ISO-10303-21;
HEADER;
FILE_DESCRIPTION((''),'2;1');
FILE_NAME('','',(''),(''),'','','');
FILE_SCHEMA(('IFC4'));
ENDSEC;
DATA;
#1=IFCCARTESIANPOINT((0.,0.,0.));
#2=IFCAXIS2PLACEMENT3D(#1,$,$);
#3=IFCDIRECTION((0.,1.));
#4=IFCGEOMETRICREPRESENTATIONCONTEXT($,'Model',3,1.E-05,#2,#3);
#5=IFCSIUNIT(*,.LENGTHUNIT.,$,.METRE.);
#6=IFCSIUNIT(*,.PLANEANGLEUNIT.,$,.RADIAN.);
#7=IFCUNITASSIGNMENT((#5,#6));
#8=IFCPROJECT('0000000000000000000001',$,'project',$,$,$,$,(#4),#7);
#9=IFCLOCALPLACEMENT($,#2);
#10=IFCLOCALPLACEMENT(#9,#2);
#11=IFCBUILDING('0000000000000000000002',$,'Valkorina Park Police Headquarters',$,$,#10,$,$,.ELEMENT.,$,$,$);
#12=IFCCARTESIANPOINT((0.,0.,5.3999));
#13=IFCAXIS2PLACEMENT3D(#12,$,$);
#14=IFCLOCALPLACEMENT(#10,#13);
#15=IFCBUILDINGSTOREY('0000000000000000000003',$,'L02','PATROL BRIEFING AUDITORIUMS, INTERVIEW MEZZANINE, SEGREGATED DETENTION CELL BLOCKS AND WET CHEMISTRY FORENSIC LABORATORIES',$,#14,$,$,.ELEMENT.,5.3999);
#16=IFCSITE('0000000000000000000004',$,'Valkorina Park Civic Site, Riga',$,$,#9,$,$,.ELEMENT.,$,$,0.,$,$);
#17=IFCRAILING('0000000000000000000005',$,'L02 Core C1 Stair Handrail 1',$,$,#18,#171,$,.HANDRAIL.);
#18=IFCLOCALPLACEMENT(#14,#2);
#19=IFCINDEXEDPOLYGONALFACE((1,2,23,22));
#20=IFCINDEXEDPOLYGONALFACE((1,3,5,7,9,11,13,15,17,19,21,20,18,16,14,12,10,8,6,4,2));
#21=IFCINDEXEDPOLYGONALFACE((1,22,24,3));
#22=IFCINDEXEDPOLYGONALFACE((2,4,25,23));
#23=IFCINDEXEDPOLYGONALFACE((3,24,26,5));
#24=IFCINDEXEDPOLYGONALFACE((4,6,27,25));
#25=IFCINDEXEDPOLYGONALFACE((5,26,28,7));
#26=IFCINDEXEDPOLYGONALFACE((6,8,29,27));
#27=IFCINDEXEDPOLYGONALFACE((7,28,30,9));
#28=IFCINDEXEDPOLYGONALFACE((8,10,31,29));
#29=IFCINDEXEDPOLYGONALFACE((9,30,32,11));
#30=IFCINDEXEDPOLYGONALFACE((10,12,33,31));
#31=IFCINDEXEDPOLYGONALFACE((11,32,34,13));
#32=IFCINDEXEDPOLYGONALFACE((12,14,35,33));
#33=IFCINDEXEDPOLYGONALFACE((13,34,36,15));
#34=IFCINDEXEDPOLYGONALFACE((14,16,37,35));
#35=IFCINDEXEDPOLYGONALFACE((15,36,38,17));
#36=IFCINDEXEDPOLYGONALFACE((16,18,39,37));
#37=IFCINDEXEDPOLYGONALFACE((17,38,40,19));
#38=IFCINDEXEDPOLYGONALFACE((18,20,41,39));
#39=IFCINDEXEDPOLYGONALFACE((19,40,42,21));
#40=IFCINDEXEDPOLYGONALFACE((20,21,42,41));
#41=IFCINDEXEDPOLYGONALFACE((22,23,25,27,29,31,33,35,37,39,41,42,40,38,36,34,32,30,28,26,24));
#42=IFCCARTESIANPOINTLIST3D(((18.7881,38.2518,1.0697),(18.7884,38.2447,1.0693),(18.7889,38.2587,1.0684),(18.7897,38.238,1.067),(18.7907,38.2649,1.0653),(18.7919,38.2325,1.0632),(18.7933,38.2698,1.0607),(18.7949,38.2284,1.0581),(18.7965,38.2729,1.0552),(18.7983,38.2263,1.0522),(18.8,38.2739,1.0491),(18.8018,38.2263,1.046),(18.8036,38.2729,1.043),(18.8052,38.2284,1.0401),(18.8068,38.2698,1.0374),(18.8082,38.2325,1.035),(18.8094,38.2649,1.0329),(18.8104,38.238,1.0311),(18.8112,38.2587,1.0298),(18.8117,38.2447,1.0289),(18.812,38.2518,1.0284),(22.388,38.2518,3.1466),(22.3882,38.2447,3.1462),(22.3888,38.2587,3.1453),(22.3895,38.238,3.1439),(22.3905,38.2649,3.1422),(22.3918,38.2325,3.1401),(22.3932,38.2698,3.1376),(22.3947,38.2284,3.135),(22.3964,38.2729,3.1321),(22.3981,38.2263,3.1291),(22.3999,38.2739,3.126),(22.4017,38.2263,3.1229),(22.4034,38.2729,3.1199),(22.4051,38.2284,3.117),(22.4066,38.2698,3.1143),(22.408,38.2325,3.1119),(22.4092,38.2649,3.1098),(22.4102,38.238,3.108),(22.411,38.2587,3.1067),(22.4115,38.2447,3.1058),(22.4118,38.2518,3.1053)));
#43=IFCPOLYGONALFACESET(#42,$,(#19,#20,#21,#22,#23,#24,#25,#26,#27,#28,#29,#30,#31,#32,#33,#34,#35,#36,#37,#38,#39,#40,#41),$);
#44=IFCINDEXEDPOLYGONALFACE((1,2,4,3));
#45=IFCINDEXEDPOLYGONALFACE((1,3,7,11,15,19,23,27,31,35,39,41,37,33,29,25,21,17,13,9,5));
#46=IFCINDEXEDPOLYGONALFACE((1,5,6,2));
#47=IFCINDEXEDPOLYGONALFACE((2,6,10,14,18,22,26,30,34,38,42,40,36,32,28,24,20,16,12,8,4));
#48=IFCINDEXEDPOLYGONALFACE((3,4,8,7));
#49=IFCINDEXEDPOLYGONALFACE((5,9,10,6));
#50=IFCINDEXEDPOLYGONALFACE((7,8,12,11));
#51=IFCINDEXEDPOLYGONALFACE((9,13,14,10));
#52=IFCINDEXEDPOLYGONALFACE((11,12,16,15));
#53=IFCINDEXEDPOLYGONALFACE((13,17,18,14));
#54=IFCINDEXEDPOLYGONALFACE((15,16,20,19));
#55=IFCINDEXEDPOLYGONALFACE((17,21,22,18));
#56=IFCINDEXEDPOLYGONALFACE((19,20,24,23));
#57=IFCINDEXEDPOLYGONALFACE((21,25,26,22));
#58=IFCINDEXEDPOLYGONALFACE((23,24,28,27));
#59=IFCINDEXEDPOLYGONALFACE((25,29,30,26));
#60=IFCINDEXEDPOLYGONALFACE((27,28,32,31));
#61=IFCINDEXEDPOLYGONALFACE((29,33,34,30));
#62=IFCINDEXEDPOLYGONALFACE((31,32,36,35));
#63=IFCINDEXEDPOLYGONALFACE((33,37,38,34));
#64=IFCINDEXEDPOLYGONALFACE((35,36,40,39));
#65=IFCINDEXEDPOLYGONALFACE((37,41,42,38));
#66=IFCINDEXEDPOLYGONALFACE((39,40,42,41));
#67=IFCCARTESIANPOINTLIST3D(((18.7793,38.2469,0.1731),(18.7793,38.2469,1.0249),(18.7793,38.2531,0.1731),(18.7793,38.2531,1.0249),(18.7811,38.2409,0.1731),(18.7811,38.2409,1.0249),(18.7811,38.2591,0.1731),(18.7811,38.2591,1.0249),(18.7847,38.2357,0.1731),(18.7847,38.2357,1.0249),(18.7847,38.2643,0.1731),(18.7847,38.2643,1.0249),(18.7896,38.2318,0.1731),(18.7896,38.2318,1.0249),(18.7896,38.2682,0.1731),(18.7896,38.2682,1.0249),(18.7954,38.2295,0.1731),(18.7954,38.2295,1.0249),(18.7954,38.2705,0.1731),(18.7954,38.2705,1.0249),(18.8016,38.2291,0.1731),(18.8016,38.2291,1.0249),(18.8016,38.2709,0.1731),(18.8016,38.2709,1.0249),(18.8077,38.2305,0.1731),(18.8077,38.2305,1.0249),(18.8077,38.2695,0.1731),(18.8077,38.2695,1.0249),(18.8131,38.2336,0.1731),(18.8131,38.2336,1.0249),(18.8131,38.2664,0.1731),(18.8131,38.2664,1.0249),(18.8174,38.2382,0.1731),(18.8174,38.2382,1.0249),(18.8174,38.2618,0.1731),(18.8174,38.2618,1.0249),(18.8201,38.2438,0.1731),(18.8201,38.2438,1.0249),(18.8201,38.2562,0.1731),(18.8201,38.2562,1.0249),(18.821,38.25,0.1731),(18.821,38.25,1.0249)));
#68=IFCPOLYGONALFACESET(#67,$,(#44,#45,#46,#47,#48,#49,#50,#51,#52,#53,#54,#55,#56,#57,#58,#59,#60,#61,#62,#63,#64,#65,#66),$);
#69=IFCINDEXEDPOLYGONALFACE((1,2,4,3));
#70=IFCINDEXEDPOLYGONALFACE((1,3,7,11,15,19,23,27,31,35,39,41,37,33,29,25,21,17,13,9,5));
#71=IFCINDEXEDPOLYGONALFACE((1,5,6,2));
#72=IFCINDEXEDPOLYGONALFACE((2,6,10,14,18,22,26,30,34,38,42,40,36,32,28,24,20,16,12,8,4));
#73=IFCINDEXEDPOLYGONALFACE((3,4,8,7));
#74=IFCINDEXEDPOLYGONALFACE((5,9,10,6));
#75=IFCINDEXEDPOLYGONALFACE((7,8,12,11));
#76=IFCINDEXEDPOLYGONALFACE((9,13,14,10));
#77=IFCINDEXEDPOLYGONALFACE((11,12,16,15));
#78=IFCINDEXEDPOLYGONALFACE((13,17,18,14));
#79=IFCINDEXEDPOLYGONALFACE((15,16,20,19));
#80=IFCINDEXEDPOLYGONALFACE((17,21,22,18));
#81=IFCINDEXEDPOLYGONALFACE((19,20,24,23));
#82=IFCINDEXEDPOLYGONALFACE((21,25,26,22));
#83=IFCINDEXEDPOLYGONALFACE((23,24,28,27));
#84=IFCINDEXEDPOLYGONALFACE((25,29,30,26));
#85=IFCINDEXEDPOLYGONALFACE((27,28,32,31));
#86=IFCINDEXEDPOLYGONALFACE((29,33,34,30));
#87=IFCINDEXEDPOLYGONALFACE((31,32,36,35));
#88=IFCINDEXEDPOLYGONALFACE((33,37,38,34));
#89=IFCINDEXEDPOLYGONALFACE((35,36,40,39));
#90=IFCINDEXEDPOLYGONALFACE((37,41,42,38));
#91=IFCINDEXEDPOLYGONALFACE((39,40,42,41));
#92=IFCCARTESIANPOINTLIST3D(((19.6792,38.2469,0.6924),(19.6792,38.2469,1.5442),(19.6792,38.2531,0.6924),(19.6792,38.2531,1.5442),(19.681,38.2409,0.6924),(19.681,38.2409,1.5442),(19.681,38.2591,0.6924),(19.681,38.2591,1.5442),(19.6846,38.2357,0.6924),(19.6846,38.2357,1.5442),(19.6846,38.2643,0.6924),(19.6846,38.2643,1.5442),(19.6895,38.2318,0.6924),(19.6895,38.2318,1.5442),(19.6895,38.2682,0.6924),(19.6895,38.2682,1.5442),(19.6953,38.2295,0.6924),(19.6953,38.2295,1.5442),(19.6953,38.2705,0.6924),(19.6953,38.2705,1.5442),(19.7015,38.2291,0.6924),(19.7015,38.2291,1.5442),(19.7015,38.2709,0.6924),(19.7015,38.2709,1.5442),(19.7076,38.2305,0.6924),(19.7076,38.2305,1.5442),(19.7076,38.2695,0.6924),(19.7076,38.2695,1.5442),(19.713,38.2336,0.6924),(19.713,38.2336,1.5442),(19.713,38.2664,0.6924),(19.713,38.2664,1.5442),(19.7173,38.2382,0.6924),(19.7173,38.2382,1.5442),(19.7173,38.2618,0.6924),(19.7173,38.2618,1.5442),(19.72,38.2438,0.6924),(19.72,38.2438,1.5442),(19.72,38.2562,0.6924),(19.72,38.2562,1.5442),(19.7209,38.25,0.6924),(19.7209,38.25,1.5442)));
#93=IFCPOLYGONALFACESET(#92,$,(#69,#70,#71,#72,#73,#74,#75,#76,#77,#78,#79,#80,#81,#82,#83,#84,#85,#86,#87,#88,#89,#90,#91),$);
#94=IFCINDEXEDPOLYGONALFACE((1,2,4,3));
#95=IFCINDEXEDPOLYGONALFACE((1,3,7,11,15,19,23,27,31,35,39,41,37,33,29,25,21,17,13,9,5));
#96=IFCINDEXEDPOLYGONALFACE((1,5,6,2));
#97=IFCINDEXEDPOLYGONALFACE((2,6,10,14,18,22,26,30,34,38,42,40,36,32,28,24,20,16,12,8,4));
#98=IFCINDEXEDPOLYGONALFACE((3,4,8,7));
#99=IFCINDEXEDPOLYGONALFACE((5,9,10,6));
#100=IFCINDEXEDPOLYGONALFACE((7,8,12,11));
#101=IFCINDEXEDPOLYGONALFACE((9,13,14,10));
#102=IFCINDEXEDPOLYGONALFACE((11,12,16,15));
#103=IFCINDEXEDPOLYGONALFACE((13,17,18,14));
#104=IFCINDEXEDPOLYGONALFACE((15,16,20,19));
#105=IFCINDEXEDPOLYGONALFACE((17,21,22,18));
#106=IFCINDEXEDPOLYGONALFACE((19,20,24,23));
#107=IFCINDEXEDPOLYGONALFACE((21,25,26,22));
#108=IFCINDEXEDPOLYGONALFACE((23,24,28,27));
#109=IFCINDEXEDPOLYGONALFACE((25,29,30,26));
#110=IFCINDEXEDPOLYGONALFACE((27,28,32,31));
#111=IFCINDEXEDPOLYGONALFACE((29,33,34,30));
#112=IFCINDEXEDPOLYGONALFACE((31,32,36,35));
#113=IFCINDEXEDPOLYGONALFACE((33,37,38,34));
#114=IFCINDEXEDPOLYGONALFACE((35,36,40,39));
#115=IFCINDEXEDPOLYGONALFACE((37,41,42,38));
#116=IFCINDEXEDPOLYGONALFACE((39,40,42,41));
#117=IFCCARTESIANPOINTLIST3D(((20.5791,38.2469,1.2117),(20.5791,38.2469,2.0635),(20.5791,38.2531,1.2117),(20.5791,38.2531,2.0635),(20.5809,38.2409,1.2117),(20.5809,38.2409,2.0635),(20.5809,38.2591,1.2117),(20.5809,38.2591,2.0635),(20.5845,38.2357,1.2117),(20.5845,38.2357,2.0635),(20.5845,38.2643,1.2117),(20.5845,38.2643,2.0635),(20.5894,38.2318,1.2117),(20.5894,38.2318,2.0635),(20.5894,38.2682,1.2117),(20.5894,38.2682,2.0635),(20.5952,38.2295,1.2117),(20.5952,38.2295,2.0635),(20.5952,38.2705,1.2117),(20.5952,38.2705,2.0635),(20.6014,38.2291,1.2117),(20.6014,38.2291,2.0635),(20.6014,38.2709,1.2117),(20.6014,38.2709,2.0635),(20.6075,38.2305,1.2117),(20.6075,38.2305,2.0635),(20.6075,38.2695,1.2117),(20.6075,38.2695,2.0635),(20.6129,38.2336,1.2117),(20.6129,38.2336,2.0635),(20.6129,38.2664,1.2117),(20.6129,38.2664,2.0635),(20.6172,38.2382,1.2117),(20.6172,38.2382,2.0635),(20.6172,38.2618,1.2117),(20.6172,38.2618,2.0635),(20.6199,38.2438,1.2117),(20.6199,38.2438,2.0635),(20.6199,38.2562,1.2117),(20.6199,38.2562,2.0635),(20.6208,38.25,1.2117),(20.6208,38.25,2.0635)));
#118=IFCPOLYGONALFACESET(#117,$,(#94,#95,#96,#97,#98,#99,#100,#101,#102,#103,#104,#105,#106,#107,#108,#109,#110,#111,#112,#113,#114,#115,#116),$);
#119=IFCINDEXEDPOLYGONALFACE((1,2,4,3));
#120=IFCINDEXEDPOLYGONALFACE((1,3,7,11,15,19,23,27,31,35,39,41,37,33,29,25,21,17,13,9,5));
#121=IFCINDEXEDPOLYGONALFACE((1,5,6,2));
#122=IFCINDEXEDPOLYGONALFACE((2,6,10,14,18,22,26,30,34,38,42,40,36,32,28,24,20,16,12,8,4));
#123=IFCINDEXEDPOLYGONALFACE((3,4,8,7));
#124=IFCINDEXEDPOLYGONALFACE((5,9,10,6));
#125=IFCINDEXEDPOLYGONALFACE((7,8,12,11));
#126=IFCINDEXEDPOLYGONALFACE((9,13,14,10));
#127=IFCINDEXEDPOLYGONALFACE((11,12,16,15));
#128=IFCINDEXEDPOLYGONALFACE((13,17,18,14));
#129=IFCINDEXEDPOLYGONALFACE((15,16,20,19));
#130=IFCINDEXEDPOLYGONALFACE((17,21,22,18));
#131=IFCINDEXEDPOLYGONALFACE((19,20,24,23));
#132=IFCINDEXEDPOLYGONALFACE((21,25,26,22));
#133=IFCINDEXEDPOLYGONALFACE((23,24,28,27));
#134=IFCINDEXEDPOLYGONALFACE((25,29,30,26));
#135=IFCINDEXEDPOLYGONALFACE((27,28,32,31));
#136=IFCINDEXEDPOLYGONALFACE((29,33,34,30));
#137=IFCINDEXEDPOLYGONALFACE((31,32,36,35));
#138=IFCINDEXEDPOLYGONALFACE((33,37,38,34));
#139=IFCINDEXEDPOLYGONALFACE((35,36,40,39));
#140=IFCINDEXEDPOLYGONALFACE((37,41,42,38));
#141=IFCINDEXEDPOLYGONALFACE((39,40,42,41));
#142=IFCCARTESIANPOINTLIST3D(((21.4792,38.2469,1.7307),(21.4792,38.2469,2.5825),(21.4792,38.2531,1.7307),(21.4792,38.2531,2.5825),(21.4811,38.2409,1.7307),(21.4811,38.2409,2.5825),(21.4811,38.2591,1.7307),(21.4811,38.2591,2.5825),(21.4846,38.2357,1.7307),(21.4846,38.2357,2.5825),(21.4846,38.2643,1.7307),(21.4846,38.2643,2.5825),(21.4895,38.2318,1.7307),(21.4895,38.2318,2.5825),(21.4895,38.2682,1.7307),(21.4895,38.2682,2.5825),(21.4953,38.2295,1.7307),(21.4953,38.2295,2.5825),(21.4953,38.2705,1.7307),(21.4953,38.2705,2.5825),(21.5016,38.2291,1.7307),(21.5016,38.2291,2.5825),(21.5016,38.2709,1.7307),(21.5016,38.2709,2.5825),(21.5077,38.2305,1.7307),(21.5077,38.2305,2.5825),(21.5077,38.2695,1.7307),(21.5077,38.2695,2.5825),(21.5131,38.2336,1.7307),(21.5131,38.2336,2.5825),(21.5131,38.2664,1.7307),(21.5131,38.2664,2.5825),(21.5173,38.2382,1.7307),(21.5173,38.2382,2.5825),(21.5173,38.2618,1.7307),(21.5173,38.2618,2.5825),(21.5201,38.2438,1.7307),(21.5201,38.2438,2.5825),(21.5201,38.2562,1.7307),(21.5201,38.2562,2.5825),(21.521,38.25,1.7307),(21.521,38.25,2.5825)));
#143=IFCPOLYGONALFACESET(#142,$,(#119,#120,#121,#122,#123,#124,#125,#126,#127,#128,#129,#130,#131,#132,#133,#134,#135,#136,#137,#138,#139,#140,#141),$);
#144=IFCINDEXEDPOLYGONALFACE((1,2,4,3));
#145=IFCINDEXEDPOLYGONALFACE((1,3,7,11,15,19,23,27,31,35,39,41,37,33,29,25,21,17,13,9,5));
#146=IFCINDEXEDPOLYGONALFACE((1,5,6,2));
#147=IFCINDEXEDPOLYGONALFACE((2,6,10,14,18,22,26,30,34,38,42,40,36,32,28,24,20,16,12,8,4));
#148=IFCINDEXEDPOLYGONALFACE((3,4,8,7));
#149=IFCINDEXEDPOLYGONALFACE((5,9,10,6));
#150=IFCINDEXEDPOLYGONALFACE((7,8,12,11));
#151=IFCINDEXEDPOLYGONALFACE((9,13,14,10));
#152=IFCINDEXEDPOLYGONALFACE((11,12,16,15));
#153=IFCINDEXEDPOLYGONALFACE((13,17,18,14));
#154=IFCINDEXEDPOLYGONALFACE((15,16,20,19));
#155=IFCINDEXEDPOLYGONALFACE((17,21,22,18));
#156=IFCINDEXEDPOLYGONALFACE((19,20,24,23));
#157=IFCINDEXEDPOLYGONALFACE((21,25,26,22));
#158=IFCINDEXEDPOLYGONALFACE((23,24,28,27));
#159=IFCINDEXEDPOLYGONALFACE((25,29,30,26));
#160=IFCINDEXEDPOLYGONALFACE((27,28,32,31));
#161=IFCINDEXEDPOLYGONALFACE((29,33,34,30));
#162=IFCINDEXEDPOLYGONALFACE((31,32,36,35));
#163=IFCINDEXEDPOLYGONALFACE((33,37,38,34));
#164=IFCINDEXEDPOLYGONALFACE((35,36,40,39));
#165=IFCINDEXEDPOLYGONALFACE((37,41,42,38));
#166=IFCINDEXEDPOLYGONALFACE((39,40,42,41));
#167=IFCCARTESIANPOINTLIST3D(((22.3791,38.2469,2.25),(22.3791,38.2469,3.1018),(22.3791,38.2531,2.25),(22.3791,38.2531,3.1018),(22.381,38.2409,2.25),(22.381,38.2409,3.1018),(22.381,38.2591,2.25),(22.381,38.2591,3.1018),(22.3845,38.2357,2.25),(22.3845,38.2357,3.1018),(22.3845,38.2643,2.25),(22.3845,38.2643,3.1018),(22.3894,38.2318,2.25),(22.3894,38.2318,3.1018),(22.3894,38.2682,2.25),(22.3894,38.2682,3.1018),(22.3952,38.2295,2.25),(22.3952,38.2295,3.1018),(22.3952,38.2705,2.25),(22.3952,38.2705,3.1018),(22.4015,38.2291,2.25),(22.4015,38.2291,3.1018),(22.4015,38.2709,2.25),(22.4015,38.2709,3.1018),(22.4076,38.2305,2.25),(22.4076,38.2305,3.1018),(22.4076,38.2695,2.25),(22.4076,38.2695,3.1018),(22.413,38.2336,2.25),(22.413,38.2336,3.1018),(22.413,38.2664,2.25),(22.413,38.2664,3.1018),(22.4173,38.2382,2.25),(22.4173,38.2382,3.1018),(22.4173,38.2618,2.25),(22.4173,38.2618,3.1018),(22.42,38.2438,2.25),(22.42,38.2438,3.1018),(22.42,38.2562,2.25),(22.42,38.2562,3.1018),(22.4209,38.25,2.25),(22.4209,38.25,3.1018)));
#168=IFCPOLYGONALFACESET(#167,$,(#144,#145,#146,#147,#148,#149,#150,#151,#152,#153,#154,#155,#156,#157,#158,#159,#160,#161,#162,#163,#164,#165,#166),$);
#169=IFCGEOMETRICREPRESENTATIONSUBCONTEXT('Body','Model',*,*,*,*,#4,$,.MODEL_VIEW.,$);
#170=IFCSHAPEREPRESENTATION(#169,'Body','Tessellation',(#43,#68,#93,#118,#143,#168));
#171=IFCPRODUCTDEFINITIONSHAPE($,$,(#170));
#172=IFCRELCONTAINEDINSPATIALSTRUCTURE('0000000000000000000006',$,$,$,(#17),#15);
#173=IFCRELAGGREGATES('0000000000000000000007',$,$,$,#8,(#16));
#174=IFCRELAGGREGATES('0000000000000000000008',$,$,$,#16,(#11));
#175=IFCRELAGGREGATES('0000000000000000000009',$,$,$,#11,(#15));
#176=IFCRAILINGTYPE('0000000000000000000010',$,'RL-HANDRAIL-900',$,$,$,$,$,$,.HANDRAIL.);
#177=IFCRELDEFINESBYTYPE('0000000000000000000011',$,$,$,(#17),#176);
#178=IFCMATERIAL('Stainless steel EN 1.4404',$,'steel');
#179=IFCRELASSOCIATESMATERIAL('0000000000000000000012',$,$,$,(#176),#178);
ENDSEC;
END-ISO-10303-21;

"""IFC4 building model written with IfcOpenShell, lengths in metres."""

from ifc_helpers import new_model, si_unit, direction, frame, origin, origin_2d, place, context, subcontext, project, spatial, circle, extrude, material, type_object, element, save


model = new_model("IFC4")

# Units and contexts
model_context = context("Model", 3, precision=1e-05, world=origin(), true_north=direction((0.0, 1.0)))
body_context = subcontext(model_context, "Body", "Model", "MODEL_VIEW")
ifc_project = project(units=[si_unit("LENGTHUNIT", "METRE"), si_unit("PLANEANGLEUNIT", "RADIAN")], contexts=[model_context])

# Site, building, storey
site_placement = place(None, origin())
site = spatial("IfcSite", under=ifc_project, at=site_placement, Name="Valkorina Park Civic Site, Riga", CompositionType="ELEMENT", RefElevation=0.0)
building_placement = place(site_placement, origin())
building = spatial("IfcBuilding", under=site, at=building_placement, Name="Valkorina Park Police Headquarters", CompositionType="ELEMENT")
storey_placement = place(building_placement, frame((0.0, 0.0, 5.3999)))
storey = spatial("IfcBuildingStorey", under=building, at=storey_placement, Name="L02", Description="PATROL BRIEFING AUDITORIUMS, INTERVIEW MEZZANINE, SEGREGATED DETENTION CELL BLOCKS AND WET CHEMISTRY FORENSIC LABORATORIES", CompositionType="ELEMENT", Elevation=5.3999)

# Railing
ifc_material_1 = material(Name="Stainless steel EN 1.4404", Category="steel")
railing_type_1 = type_object("IfcRailingType", Name="RL-HANDRAIL-900", PredefinedType="HANDRAIL", material=ifc_material_1)
railing_1_placement = place(storey_placement, frame((18.8, 38.25, 0.1731)))
element("IfcRailing", 1, at=railing_1_placement, inside=storey, type_object=railing_type_1, Name="L02 Core C1 Stair Handrail 1", PredefinedType="HANDRAIL", context=body_context, shape_type="SweptSolid", body=[
    extrude(circle(Radius=0.0239, at=origin_2d()), frame((0.0, 0.0, 0.876), z_axis=(0.866179, 0.0, 0.499734), x_axis=(0.0, 1.0, 0.0)), (0.0, 0.0, 1.0), 4.156),
    extrude(circle(Radius=0.021, at=origin_2d()), origin(), (0.0, 0.0, 1.0), 0.8518),
    extrude(circle(Radius=0.021, at=origin_2d()), frame((0.8999, 0.0, 0.5193)), (0.0, 0.0, 1.0), 0.8518),
    extrude(circle(Radius=0.021, at=origin_2d()), frame((1.7998, 0.0, 1.0386)), (0.0, 0.0, 1.0), 0.8518),
    extrude(circle(Radius=0.021, at=origin_2d()), frame((2.7, 0.0, 1.5576)), (0.0, 0.0, 1.0), 0.8518),
    extrude(circle(Radius=0.021, at=origin_2d()), frame((3.5999, 0.0, 2.0769)), (0.0, 0.0, 1.0), 0.8518),
])

save(model, "model.ifc")
